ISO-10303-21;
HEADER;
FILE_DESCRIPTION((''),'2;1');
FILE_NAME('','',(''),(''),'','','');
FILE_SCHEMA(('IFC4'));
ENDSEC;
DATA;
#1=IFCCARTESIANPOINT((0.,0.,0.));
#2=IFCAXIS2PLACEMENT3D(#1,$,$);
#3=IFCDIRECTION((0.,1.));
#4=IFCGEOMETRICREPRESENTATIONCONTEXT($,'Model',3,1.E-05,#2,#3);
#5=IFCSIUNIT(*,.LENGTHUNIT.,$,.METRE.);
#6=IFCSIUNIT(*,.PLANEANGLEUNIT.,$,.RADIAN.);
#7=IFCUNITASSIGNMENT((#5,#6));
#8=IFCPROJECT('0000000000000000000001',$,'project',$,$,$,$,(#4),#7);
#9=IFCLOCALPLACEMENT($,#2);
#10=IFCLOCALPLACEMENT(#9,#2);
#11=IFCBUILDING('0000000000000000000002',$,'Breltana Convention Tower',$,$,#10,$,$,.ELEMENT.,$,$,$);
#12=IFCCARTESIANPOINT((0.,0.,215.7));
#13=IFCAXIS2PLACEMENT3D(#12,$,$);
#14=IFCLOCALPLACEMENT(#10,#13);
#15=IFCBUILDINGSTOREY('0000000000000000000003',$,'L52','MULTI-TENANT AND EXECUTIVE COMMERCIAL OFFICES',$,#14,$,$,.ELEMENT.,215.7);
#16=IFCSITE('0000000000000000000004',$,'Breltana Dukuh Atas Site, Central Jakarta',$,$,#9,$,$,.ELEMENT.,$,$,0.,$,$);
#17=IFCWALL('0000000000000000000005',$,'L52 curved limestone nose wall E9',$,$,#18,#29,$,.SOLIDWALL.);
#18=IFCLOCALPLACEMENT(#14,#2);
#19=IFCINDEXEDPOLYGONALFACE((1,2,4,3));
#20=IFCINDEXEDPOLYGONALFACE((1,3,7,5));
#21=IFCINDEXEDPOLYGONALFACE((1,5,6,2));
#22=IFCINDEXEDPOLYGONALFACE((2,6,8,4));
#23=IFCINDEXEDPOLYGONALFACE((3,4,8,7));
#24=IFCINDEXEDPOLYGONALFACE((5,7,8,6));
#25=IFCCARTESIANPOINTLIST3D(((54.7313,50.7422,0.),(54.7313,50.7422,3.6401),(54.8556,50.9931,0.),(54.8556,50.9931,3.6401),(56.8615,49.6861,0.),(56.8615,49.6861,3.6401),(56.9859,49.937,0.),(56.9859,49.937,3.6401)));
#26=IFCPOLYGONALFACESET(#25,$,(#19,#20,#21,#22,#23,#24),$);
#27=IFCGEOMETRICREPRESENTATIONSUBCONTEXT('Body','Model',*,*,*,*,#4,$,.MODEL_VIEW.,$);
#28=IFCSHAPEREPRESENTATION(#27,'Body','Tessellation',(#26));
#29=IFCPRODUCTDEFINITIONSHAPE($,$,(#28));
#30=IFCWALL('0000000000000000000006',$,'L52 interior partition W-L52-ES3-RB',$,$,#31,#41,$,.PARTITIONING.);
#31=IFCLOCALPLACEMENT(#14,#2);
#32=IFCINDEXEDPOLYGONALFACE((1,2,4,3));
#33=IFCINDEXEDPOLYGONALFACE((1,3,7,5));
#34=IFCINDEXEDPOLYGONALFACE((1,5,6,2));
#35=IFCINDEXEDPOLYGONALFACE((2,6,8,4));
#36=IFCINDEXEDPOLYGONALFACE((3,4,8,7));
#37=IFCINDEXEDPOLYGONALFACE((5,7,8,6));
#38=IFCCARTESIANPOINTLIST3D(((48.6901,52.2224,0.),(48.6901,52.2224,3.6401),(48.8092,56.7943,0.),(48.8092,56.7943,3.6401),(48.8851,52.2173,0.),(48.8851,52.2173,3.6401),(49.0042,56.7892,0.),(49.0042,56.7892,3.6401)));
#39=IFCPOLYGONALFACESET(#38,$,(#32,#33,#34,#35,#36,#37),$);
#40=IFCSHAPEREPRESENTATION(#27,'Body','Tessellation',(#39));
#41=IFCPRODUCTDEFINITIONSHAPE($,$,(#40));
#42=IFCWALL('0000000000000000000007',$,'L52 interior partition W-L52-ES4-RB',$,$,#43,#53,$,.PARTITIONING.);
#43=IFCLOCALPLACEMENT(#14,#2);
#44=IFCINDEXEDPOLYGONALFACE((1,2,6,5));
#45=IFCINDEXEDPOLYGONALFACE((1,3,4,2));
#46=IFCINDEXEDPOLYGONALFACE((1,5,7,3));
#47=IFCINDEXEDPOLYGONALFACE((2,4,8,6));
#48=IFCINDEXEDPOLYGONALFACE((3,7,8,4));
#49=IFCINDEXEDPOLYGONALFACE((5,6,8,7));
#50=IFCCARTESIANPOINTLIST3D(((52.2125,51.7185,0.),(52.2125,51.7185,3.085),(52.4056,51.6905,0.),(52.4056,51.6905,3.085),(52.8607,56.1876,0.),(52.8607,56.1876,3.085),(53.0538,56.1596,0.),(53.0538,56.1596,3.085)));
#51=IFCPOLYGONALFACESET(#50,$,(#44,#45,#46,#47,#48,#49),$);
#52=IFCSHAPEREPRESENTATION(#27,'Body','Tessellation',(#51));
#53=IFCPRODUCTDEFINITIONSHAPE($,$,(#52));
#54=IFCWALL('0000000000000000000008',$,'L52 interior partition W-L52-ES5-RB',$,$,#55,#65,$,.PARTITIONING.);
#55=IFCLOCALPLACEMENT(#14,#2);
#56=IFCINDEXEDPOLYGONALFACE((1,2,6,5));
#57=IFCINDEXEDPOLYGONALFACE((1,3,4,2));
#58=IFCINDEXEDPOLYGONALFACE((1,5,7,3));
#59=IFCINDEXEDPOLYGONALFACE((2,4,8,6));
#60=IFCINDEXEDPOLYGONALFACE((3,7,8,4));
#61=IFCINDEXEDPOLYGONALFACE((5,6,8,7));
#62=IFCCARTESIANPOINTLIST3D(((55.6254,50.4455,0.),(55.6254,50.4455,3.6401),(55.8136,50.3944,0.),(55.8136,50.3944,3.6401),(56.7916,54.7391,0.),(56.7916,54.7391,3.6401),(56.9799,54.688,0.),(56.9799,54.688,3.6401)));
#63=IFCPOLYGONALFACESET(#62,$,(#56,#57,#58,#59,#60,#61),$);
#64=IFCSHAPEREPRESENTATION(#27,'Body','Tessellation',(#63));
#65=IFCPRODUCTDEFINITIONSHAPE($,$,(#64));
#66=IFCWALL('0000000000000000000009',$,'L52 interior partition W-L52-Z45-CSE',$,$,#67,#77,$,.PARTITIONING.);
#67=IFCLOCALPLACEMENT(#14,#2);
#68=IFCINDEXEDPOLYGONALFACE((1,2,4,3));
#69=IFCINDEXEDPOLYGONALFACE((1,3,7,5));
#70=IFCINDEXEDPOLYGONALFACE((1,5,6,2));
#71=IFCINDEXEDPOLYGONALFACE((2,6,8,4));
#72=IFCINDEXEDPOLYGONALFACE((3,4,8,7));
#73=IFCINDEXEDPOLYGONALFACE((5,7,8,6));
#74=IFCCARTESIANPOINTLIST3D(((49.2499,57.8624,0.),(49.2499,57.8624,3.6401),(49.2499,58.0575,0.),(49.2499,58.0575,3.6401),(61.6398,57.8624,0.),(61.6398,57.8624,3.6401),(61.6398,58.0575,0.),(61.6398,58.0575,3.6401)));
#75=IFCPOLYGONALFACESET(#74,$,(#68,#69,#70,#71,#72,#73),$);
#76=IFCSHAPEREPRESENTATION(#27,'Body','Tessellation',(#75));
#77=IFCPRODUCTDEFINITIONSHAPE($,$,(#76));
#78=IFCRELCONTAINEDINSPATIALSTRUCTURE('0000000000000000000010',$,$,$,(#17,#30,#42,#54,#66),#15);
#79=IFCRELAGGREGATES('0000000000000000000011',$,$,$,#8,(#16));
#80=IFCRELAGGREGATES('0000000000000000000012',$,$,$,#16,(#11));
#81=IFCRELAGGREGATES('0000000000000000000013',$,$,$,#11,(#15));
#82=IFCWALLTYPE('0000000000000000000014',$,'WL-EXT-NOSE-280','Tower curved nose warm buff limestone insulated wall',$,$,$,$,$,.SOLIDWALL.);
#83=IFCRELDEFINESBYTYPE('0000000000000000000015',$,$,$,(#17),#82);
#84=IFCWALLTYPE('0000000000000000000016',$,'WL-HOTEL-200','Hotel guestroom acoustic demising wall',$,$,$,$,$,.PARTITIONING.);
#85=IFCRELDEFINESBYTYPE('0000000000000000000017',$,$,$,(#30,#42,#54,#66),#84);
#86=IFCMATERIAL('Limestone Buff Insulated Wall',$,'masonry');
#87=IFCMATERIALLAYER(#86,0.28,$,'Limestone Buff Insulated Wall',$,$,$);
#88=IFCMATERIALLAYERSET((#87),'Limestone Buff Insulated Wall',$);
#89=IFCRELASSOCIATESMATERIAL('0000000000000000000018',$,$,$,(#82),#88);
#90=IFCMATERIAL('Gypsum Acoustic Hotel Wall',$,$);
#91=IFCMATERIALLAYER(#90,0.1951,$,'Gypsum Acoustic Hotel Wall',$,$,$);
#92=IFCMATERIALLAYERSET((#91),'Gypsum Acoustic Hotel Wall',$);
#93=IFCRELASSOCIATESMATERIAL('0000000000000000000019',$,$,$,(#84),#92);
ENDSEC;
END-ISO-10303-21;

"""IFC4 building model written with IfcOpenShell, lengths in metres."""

from ifc_helpers import new_model, si_unit, direction, frame, frame_2d, origin, place, context, subcontext, project, spatial, rectangle, extrude, source, transform, mapped, material, layer, layer_set, type_object, element, save


model = new_model("IFC4")

# Units and contexts
model_context = context("Model", 3, precision=1e-05, world=origin(), true_north=direction((0.0, 1.0)))
body_context = subcontext(model_context, "Body", "Model", "MODEL_VIEW")
ifc_project = project(units=[si_unit("LENGTHUNIT", "METRE"), si_unit("PLANEANGLEUNIT", "RADIAN")], contexts=[model_context])

# Site, building, storey
site_placement = place(None, origin())
site = spatial("IfcSite", under=ifc_project, at=site_placement, Name="Breltana Dukuh Atas Site, Central Jakarta", CompositionType="ELEMENT", RefElevation=0.0)
building_placement = place(site_placement, origin())
building = spatial("IfcBuilding", under=site, at=building_placement, Name="Breltana Convention Tower", CompositionType="ELEMENT")
storey_placement = place(building_placement, frame((0.0, 0.0, 215.7)))
storey = spatial("IfcBuildingStorey", under=building, at=storey_placement, Name="L52", Description="MULTI-TENANT AND EXECUTIVE COMMERCIAL OFFICES", CompositionType="ELEMENT", Elevation=215.7)

# Walls
ifc_material_1 = material(Name="Limestone Buff Insulated Wall", Category="masonry")
ifc_layer_1 = layer(ifc_material_1, 0.28, Name="Limestone Buff Insulated Wall")
ifc_layer_set_1 = layer_set([ifc_layer_1], Name="Limestone Buff Insulated Wall")
wall_type_1 = type_object("IfcWallType", Name="WL-EXT-NOSE-280", Description="Tower curved nose warm buff limestone insulated wall", PredefinedType="SOLIDWALL", material=ifc_layer_set_1)
shared_shape_1 = source(origin(), body_context, "Body", "SweptSolid", [
    extrude(rectangle(XDim=2.3777, YDim=0.28, at=frame_2d((1.189, 0.0))), origin(), (0.0, 0.0, 1.0), 3.6401),
])
wall_1_placement = place(storey_placement, frame((56.9238, 49.8115, 0.0), z_axis=(0.0, 0.0, 1.0), x_axis=(-0.895942, 0.444172, 0.0)))
element("IfcWall", 1, at=wall_1_placement, inside=storey, type_object=wall_type_1, Name="L52 curved limestone nose wall E9", PredefinedType="SOLIDWALL", context=body_context, shape_type="MappedRepresentation", body=[
    mapped(shared_shape_1, transform((0.0, 0.0, 0.0), scale=1.0)),
])
ifc_material_2 = material(Name="Gypsum Acoustic Hotel Wall")
ifc_layer_2 = layer(ifc_material_2, 0.1951, Name="Gypsum Acoustic Hotel Wall")
ifc_layer_set_2 = layer_set([ifc_layer_2], Name="Gypsum Acoustic Hotel Wall")
wall_type_2 = type_object("IfcWallType", Name="WL-HOTEL-200", Description="Hotel guestroom acoustic demising wall", PredefinedType="PARTITIONING", material=ifc_layer_set_2)
shared_shape_2 = source(origin(), body_context, "Body", "SweptSolid", [
    extrude(rectangle(XDim=4.5735, YDim=0.1951, at=frame_2d((2.2866, 0.0))), origin(), (0.0, 0.0, 1.0), 3.6401),
])
wall_2_placement = place(storey_placement, frame((48.7876, 52.22, 0.0), z_axis=(0.0, 0.0, 1.0), x_axis=(0.02605, 0.999661, 0.0)))
element("IfcWall", 2, at=wall_2_placement, inside=storey, type_object=wall_type_2, Name="L52 interior partition W-L52-ES3-RB", PredefinedType="PARTITIONING", context=body_context, shape_type="MappedRepresentation", body=[
    mapped(shared_shape_2, transform((0.0, 0.0, 0.0), scale=1.0)),
])

# Wall
shared_shape_3 = source(origin(), body_context, "Body", "SweptSolid", [
    extrude(rectangle(XDim=4.5159, YDim=0.1951, at=frame_2d((2.2578, 0.0))), origin(), (0.0, 0.0, 1.0), 3.085),
])
wall_3_placement = place(storey_placement, frame((52.3091, 51.7046, 0.0), z_axis=(0.0, 0.0, 1.0), x_axis=(0.14354, 0.989644, 0.0)))
element("IfcWall", 3, at=wall_3_placement, inside=storey, type_object=wall_type_2, Name="L52 interior partition W-L52-ES4-RB", PredefinedType="PARTITIONING", context=body_context, shape_type="MappedRepresentation", body=[
    mapped(shared_shape_3, transform((0.0, 0.0, 0.0), scale=1.0)),
])

# Wall
shared_shape_4 = source(origin(), body_context, "Body", "SweptSolid", [
    extrude(rectangle(XDim=4.4492, YDim=0.1951, at=frame_2d((2.2246, 0.0))), origin(), (0.0, 0.0, 1.0), 3.6401),
])
wall_4_placement = place(storey_placement, frame((55.7195, 50.4199, 0.0), z_axis=(0.0, 0.0, 1.0), x_axis=(0.262124, 0.965034, 0.0)))
element("IfcWall", 4, at=wall_4_placement, inside=storey, type_object=wall_type_2, Name="L52 interior partition W-L52-ES5-RB", PredefinedType="PARTITIONING", context=body_context, shape_type="MappedRepresentation", body=[
    mapped(shared_shape_4, transform((0.0, 0.0, 0.0), scale=1.0)),
])

# Wall
shared_shape_5 = source(origin(), body_context, "Body", "SweptSolid", [
    extrude(rectangle(XDim=12.3899, YDim=0.1951, at=frame_2d((6.1948, 0.0))), origin(), (0.0, 0.0, 1.0), 3.6401),
])
wall_5_placement = place(storey_placement, frame((49.25, 57.96, 0.0), z_axis=(0.0, 0.0, 1.0), x_axis=(1.0, 0.0, 0.0)))
element("IfcWall", 5, at=wall_5_placement, inside=storey, type_object=wall_type_2, Name="L52 interior partition W-L52-Z45-CSE", PredefinedType="PARTITIONING", context=body_context, shape_type="MappedRepresentation", body=[
    mapped(shared_shape_5, transform((0.0, 0.0, 0.0), scale=1.0)),
])

save(model, "model.ifc")
